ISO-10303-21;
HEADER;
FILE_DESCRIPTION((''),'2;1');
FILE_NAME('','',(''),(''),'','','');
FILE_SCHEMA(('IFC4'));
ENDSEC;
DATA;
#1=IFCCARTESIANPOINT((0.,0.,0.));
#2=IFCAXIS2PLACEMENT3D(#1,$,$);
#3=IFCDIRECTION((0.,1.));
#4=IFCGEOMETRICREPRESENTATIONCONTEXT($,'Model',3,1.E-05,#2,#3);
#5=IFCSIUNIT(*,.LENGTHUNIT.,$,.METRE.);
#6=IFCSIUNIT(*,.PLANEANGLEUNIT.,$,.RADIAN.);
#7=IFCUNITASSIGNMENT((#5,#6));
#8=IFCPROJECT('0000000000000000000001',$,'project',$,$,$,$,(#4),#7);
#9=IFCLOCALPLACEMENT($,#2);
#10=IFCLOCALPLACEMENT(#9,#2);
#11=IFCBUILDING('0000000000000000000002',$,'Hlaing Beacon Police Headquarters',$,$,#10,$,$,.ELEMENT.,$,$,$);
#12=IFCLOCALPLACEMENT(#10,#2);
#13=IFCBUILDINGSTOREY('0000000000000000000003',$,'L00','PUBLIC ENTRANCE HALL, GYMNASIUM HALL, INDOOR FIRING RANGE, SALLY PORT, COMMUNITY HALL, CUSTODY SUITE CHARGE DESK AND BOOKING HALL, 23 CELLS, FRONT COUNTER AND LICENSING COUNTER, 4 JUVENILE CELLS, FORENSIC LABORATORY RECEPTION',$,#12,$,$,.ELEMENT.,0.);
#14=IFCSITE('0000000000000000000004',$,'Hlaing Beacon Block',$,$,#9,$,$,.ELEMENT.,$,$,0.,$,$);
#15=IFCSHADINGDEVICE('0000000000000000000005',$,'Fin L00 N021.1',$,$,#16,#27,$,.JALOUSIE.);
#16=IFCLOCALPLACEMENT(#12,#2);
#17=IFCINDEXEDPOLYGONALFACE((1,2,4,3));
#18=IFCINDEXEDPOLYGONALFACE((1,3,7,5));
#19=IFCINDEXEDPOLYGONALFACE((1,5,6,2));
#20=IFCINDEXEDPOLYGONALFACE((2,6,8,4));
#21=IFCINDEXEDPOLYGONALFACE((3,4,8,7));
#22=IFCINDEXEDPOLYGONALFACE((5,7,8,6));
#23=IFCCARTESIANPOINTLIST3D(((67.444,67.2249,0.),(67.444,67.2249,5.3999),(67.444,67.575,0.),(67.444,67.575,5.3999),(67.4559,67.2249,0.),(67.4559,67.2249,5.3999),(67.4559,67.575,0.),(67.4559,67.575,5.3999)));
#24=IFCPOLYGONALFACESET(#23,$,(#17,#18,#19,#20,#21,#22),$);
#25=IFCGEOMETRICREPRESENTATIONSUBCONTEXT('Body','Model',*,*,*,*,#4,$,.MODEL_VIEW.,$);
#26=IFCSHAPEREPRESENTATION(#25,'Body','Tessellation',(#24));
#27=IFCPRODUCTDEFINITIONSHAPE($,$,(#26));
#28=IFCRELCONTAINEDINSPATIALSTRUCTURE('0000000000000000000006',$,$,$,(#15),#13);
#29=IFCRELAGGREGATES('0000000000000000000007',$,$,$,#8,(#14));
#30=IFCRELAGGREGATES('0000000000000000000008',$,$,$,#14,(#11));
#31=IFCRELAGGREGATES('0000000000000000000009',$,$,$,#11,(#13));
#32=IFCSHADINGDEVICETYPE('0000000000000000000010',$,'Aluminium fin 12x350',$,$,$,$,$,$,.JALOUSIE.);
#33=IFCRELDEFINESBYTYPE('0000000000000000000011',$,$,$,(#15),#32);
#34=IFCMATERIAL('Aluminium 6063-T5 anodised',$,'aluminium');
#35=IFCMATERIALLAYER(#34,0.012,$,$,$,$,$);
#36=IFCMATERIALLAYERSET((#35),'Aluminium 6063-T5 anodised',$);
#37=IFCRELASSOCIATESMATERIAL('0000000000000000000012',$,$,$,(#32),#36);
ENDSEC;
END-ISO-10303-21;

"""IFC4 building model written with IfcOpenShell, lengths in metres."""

from ifc_helpers import new_model, si_unit, direction, frame, origin, origin_2d, place, context, subcontext, project, spatial, rectangle, extrude, material, layer, layer_set, type_object, element, save


model = new_model("IFC4")

# Units and contexts
model_context = context("Model", 3, precision=1e-05, world=origin(), true_north=direction((0.0, 1.0)))
body_context = subcontext(model_context, "Body", "Model", "MODEL_VIEW")
ifc_project = project(units=[si_unit("LENGTHUNIT", "METRE"), si_unit("PLANEANGLEUNIT", "RADIAN")], contexts=[model_context])

# Site, building, storey
site_placement = place(None, origin())
site = spatial("IfcSite", under=ifc_project, at=site_placement, Name="Hlaing Beacon Block", CompositionType="ELEMENT", RefElevation=0.0)
building_placement = place(site_placement, origin())
building = spatial("IfcBuilding", under=site, at=building_placement, Name="Hlaing Beacon Police Headquarters", CompositionType="ELEMENT")
storey_placement = place(building_placement, origin())
storey = spatial("IfcBuildingStorey", under=building, at=storey_placement, Name="L00", Description="PUBLIC ENTRANCE HALL, GYMNASIUM HALL, INDOOR FIRING RANGE, SALLY PORT, COMMUNITY HALL, CUSTODY SUITE CHARGE DESK AND BOOKING HALL, 23 CELLS, FRONT COUNTER AND LICENSING COUNTER, 4 JUVENILE CELLS, FORENSIC LABORATORY RECEPTION", CompositionType="ELEMENT", Elevation=0.0)

# Shading device
ifc_material_1 = material(Name="Aluminium 6063-T5 anodised", Category="aluminium")
ifc_layer_1 = layer(ifc_material_1, 0.012)
ifc_layer_set_1 = layer_set([ifc_layer_1], Name="Aluminium 6063-T5 anodised")
shading_device_type = type_object("IfcShadingDeviceType", Name="Aluminium fin 12x350", PredefinedType="JALOUSIE", material=ifc_layer_set_1)
for number, where, z_axis, x_axis, name in (
    (1, (67.45, 67.3999, 0.0), (0.0, 0.0, 1.0), (-1.0, 0.0, 0.0), "Fin L00 N021.1"),
):
    element("IfcShadingDevice", number, at=place(storey_placement, frame(where, z_axis=z_axis, x_axis=x_axis)), inside=storey, type_object=shading_device_type, Name=name, PredefinedType="JALOUSIE", context=body_context, shape_type="SweptSolid", body=[
        extrude(rectangle(XDim=0.012, YDim=0.3501, at=origin_2d()), origin(), (0.0, 0.0, 1.0), 5.3999),
    ])

save(model, "model.ifc")
